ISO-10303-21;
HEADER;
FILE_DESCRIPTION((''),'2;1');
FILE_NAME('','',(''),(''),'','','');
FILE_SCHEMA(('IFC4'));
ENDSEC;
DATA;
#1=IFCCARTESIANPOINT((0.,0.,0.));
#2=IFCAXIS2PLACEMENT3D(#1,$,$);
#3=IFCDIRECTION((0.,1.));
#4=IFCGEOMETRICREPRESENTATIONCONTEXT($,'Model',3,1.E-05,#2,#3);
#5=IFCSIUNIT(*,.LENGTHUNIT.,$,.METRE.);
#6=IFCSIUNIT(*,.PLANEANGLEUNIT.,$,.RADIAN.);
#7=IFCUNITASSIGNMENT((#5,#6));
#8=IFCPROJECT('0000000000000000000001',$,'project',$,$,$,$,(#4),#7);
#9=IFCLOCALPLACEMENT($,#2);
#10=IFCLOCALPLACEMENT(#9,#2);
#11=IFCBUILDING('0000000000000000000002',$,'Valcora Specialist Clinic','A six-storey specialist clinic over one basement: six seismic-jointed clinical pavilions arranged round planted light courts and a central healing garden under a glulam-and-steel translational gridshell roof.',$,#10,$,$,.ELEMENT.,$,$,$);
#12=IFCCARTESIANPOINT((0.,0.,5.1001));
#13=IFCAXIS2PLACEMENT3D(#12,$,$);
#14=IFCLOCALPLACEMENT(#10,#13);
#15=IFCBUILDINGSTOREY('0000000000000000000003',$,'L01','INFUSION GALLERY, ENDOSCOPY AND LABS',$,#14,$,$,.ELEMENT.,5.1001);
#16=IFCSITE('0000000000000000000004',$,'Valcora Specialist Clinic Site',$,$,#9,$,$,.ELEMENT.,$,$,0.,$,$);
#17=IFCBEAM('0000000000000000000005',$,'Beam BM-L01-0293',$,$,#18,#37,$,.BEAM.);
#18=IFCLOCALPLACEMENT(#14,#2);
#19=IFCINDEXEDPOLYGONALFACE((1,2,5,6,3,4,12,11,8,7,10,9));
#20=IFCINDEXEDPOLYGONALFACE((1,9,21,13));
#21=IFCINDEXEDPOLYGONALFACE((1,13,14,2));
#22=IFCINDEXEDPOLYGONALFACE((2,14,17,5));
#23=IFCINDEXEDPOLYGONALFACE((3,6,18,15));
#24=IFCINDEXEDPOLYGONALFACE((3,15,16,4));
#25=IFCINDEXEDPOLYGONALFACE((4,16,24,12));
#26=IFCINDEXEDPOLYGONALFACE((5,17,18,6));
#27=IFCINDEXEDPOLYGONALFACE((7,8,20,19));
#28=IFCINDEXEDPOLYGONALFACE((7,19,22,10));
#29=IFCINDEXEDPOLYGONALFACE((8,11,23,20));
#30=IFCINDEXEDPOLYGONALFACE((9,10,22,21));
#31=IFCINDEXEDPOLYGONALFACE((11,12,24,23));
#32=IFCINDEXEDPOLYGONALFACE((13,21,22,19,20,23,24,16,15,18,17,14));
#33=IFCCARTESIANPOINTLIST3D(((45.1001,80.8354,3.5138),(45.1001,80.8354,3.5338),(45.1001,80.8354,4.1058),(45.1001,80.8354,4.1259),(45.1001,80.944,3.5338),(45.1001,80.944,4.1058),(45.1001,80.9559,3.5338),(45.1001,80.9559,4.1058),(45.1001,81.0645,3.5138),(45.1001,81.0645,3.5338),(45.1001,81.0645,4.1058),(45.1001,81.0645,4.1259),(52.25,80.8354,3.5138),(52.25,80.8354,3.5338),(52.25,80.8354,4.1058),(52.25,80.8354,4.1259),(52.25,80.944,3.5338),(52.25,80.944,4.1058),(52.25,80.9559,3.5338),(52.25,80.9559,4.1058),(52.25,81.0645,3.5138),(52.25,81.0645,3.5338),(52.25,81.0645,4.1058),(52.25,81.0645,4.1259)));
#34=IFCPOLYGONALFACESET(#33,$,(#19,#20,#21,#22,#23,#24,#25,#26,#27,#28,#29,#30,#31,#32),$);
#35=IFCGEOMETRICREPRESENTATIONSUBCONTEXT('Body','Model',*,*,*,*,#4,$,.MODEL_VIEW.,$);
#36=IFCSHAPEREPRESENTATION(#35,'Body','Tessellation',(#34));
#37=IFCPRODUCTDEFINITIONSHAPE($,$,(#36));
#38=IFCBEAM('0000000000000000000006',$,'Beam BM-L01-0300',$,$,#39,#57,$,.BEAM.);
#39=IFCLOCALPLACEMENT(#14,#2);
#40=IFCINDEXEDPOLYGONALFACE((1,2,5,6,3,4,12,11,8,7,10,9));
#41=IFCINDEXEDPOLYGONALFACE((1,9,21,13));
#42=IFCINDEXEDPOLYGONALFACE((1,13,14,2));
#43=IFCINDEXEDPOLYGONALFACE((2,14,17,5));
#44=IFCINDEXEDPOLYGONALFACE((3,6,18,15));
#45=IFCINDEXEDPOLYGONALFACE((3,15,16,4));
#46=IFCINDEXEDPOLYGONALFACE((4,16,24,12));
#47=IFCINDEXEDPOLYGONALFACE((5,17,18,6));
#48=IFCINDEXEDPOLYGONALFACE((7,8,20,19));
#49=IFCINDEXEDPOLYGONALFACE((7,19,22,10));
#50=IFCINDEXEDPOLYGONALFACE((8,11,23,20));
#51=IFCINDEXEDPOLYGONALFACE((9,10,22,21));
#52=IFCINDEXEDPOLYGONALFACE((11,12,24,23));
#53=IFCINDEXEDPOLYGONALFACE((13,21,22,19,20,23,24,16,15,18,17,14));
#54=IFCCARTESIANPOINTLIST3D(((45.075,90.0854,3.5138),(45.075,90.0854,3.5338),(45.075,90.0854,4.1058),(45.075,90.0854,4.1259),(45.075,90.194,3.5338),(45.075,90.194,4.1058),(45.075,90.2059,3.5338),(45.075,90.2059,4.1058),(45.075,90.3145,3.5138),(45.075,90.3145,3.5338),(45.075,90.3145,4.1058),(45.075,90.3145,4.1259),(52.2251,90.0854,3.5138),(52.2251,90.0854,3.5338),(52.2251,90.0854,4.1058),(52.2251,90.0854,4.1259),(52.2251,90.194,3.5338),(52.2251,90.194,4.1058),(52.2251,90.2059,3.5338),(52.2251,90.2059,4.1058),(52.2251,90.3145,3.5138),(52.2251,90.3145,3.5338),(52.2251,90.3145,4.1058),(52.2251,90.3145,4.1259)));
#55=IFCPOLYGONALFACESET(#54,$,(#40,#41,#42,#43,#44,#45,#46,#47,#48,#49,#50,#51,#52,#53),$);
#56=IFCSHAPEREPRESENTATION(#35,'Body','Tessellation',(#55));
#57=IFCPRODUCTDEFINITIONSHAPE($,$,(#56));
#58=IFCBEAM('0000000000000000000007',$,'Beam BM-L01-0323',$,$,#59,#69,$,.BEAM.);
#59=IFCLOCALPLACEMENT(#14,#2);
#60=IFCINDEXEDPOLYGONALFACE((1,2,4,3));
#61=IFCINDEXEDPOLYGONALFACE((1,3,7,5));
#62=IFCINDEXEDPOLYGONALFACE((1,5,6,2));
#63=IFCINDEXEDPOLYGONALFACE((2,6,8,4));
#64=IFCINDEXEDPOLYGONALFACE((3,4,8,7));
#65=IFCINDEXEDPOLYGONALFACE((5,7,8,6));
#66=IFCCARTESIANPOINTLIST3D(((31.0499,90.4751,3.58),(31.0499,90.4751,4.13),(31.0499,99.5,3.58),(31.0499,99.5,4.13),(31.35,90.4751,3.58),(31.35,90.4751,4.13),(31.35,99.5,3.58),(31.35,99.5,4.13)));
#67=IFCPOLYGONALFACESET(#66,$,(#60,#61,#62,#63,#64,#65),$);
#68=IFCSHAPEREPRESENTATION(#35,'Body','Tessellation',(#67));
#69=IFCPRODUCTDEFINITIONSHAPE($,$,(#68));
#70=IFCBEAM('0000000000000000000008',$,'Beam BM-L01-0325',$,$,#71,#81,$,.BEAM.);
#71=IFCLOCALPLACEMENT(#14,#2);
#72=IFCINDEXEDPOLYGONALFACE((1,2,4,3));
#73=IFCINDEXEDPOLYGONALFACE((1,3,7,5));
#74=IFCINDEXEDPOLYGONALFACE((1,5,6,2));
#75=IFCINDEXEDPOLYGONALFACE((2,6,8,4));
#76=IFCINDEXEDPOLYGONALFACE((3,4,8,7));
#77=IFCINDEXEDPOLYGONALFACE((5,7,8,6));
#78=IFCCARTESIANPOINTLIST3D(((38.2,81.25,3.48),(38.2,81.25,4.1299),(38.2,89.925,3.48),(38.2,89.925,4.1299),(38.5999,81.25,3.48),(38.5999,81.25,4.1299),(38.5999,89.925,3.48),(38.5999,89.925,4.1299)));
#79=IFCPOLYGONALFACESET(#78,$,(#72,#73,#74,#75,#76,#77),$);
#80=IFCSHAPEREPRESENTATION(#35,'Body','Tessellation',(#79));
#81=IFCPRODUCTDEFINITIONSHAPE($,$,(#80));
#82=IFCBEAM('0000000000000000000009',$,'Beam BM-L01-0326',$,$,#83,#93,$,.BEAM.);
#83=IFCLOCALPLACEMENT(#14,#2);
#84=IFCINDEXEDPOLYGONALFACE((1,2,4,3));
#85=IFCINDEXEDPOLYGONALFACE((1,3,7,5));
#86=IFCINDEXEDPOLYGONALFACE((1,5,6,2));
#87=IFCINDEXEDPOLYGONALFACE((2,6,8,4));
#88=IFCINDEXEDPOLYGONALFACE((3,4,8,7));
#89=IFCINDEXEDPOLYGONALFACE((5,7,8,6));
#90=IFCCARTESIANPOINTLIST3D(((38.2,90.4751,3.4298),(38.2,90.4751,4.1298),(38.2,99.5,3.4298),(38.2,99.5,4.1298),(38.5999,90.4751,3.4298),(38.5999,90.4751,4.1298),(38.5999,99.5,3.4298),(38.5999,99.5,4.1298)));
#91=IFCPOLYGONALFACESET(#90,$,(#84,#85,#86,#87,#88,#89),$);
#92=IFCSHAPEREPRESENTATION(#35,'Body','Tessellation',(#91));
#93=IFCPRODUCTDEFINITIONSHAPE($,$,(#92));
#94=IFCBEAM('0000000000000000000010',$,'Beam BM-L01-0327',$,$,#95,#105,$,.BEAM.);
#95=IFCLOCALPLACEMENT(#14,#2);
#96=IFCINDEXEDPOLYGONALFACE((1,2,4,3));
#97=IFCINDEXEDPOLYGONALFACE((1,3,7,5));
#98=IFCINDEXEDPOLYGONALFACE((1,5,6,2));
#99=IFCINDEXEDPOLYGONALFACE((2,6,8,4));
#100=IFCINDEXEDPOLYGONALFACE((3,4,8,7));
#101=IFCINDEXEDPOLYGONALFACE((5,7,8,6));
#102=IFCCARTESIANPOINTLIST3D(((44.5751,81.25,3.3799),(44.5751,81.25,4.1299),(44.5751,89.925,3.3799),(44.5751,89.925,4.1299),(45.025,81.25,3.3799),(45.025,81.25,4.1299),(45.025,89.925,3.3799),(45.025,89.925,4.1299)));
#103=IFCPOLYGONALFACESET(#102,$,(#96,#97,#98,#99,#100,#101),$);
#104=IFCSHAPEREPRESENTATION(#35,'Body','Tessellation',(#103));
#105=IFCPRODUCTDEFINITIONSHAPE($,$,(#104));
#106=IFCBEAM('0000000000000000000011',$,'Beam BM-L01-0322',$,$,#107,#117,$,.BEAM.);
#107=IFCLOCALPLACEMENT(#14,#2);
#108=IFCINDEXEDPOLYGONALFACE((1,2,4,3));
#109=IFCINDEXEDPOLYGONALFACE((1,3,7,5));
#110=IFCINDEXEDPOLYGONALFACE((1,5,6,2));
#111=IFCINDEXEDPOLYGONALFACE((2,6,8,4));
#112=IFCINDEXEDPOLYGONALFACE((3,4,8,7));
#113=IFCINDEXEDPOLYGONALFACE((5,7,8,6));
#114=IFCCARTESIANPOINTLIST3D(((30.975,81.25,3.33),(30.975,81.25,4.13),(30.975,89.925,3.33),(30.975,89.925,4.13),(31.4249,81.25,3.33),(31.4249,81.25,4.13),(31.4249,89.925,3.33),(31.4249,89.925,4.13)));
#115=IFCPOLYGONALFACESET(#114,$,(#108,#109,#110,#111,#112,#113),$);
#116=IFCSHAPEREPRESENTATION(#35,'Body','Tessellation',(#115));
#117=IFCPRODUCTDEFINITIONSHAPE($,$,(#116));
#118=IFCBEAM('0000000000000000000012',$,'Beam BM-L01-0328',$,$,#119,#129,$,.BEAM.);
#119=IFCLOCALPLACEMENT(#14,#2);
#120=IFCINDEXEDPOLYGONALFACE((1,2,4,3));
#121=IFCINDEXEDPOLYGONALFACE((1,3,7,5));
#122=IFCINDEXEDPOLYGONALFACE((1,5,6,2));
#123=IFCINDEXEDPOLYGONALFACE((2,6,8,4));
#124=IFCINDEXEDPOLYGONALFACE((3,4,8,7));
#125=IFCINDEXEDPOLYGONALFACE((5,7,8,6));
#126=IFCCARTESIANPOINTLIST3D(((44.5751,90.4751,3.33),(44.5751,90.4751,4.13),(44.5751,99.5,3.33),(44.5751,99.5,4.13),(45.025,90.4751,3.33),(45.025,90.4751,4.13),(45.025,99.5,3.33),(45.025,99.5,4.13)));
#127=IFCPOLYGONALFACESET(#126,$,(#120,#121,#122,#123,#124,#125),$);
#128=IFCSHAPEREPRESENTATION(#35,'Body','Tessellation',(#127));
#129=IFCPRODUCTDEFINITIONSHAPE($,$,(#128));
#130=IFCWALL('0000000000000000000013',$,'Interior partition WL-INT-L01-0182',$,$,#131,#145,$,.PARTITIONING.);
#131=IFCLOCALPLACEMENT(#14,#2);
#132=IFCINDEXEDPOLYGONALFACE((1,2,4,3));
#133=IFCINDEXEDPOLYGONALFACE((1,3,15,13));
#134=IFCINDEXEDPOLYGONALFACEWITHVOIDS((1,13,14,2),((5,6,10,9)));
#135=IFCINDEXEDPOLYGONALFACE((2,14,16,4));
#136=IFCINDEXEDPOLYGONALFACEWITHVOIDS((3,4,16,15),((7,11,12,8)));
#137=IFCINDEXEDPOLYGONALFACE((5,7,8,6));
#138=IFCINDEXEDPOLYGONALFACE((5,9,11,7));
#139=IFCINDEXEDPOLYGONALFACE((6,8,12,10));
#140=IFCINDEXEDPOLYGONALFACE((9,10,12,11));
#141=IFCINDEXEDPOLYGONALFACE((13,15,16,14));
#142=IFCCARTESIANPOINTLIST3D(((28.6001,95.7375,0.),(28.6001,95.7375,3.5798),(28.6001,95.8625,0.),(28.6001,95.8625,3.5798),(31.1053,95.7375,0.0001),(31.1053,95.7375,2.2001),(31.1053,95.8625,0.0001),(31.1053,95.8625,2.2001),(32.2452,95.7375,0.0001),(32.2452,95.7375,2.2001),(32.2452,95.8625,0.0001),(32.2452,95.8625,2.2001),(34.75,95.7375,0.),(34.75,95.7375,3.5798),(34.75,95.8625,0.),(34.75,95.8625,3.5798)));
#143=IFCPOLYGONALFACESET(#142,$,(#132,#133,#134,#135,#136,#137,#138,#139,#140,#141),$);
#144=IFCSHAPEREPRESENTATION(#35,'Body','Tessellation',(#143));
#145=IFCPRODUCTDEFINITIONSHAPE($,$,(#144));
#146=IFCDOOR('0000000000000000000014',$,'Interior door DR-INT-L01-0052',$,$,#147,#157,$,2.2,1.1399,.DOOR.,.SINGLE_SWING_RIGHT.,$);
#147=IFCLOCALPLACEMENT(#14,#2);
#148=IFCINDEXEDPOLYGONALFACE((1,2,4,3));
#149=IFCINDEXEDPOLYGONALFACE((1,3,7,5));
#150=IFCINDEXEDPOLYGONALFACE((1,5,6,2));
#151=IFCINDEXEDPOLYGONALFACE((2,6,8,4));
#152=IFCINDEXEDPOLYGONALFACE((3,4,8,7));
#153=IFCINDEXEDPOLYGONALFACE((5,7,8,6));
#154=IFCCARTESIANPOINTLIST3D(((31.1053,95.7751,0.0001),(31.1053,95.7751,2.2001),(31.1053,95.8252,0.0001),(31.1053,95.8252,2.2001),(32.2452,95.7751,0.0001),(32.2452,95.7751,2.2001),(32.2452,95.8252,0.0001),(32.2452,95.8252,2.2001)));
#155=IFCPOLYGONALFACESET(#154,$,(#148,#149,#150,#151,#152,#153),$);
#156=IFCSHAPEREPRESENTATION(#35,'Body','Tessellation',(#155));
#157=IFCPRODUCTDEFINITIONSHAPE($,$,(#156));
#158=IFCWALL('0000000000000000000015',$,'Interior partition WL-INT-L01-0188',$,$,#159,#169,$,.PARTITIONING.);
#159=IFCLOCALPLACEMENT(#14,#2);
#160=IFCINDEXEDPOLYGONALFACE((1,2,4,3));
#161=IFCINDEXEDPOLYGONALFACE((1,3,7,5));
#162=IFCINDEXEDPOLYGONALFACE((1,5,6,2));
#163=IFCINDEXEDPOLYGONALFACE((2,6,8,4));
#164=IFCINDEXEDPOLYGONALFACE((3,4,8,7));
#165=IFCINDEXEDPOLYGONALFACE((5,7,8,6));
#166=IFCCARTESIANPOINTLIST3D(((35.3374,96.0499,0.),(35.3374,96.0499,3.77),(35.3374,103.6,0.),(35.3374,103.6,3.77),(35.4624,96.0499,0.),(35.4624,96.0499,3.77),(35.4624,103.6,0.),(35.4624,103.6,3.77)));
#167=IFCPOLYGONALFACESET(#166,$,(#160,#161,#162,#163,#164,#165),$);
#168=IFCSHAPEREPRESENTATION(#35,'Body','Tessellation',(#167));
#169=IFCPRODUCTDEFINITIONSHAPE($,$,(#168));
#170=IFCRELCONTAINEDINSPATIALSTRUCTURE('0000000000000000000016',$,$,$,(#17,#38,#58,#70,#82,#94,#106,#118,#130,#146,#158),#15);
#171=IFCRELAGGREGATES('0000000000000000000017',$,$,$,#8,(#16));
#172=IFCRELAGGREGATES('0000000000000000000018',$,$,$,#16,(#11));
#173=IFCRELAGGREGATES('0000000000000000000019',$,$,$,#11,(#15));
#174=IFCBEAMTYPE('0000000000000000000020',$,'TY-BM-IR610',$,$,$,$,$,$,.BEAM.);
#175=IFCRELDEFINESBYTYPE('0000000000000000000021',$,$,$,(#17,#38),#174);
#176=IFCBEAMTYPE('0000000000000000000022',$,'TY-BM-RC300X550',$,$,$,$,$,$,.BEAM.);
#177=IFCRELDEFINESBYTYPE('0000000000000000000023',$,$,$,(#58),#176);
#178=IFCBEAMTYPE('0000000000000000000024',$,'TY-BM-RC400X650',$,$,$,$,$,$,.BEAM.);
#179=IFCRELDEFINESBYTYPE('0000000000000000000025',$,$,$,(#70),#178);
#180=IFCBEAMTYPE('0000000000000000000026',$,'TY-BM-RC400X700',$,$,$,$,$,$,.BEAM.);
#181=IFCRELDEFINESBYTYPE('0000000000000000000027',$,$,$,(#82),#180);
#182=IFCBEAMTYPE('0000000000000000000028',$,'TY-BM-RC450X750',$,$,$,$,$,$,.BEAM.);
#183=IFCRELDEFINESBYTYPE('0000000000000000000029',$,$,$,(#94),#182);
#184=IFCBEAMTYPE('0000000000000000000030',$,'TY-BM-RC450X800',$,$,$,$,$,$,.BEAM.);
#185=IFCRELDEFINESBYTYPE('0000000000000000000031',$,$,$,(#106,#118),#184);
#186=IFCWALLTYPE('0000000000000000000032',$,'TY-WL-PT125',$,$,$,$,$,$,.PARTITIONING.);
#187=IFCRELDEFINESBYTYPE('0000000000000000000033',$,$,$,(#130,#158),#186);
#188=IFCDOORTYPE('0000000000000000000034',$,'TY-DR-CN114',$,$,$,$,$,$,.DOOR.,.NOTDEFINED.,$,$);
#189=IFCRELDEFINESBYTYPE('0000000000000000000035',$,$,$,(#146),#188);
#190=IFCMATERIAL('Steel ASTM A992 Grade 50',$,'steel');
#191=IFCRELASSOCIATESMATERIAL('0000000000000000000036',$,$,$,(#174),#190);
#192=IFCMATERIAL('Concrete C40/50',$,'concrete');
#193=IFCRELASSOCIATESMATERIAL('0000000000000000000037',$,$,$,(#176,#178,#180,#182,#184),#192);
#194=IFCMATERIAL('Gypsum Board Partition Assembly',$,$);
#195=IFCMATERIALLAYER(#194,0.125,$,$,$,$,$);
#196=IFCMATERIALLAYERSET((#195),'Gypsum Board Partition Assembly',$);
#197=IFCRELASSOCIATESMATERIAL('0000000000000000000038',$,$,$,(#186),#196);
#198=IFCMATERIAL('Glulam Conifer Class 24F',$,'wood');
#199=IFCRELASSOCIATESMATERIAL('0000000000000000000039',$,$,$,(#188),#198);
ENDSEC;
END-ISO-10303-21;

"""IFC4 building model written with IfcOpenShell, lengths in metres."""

from ifc_helpers import new_model, si_unit, direction, frame, frame_2d, origin, origin_2d, place, context, subcontext, project, spatial, rectangle, i_section, extrude, material, layer, layer_set, material_profile, profile_set, type_object, element, fill, save


model = new_model("IFC4")

# Units and contexts
model_context = context("Model", 3, precision=1e-05, world=origin(), true_north=direction((0.0, 1.0)))
body_context = subcontext(model_context, "Body", "Model", "MODEL_VIEW")
ifc_project = project(units=[si_unit("LENGTHUNIT", "METRE"), si_unit("PLANEANGLEUNIT", "RADIAN")], contexts=[model_context])

# Site, building, storey
site_placement = place(None, origin())
site = spatial("IfcSite", under=ifc_project, at=site_placement, Name="Valcora Specialist Clinic Site", CompositionType="ELEMENT", RefElevation=0.0)
building_placement = place(site_placement, origin())
building = spatial("IfcBuilding", under=site, at=building_placement, Name="Valcora Specialist Clinic", Description="A six-storey specialist clinic over one basement: six seismic-jointed clinical pavilions arranged round planted light courts and a central healing garden under a glulam-and-steel translational gridshell roof.", CompositionType="ELEMENT")
storey_placement = place(building_placement, frame((0.0, 0.0, 5.1001)))
storey = spatial("IfcBuildingStorey", under=building, at=storey_placement, Name="L01", Description="INFUSION GALLERY, ENDOSCOPY AND LABS", CompositionType="ELEMENT", Elevation=5.1001)

# Shared definitions
ifc_material_1 = material(Name="Concrete C40/50", Category="concrete")

# Beams
ifc_material_2 = material(Name="Steel ASTM A992 Grade 50", Category="steel")
ifc_material_profile_1 = material_profile(ifc_material_2, i_section(OverallWidth=0.229, OverallDepth=0.6121, WebThickness=0.012, FlangeThickness=0.02, at=origin_2d()), Name="ST-IR-610X229")
ifc_profile_set_1 = profile_set([ifc_material_profile_1], Name="Steel ASTM A992 Grade 50")
beam_type_1 = type_object("IfcBeamType", Name="TY-BM-IR610", PredefinedType="BEAM", material=ifc_profile_set_1)
beam_1_placement = place(storey_placement, frame((45.1001, 80.95, 3.8198), z_axis=(1.0, 0.0, 0.0), x_axis=(0.0, 1.0, 0.0)))
element("IfcBeam", 1, at=beam_1_placement, inside=storey, type_object=beam_type_1, Name="Beam BM-L01-0293", PredefinedType="BEAM", context=body_context, shape_type="SweptSolid", body=[
    extrude(i_section(OverallWidth=0.229, OverallDepth=0.6121, WebThickness=0.012, FlangeThickness=0.02, at=origin_2d()), origin(), (0.0, 0.0, 1.0), 7.1499),
])
beam_2_placement = place(storey_placement, frame((45.075, 90.2, 3.8198), z_axis=(1.0, 0.0, 0.0), x_axis=(0.0, 1.0, 0.0)))
element("IfcBeam", 2, at=beam_2_placement, inside=storey, type_object=beam_type_1, Name="Beam BM-L01-0300", PredefinedType="BEAM", context=body_context, shape_type="SweptSolid", body=[
    extrude(i_section(OverallWidth=0.229, OverallDepth=0.6121, WebThickness=0.012, FlangeThickness=0.02, at=origin_2d()), origin(), (0.0, 0.0, 1.0), 7.1501),
])
ifc_material_profile_2 = material_profile(ifc_material_1, rectangle(XDim=0.3, YDim=0.55, at=origin_2d()), Name="RC-BM-300X550")
ifc_profile_set_2 = profile_set([ifc_material_profile_2], Name="Concrete C40/50")
beam_type_2 = type_object("IfcBeamType", Name="TY-BM-RC300X550", PredefinedType="BEAM", material=ifc_profile_set_2)
beam_3_placement = place(storey_placement, frame((31.2, 90.4751, 3.855), z_axis=(0.0, 1.0, 0.0), x_axis=(-1.0, 0.0, 0.0)))
element("IfcBeam", 3, at=beam_3_placement, inside=storey, type_object=beam_type_2, Name="Beam BM-L01-0323", PredefinedType="BEAM", context=body_context, shape_type="SweptSolid", body=[
    extrude(rectangle(XDim=0.3, YDim=0.55, at=origin_2d()), origin(), (0.0, 0.0, 1.0), 9.0249),
])
ifc_material_profile_3 = material_profile(ifc_material_1, rectangle(XDim=0.3999, YDim=0.6499, at=origin_2d()), Name="RC-BM-400X650")
ifc_profile_set_3 = profile_set([ifc_material_profile_3], Name="Concrete C40/50")
beam_type_3 = type_object("IfcBeamType", Name="TY-BM-RC400X650", PredefinedType="BEAM", material=ifc_profile_set_3)
beam_4_placement = place(storey_placement, frame((38.3999, 81.25, 3.8049), z_axis=(0.0, 1.0, 0.0), x_axis=(-1.0, 0.0, 0.0)))
element("IfcBeam", 4, at=beam_4_placement, inside=storey, type_object=beam_type_3, Name="Beam BM-L01-0325", PredefinedType="BEAM", context=body_context, shape_type="SweptSolid", body=[
    extrude(rectangle(XDim=0.3999, YDim=0.6499, at=origin_2d()), origin(), (0.0, 0.0, 1.0), 8.675),
])
ifc_material_profile_4 = material_profile(ifc_material_1, rectangle(XDim=0.3999, YDim=0.7, at=origin_2d()), Name="RC-BM-400X700")
ifc_profile_set_4 = profile_set([ifc_material_profile_4], Name="Concrete C40/50")
beam_type_4 = type_object("IfcBeamType", Name="TY-BM-RC400X700", PredefinedType="BEAM", material=ifc_profile_set_4)
beam_5_placement = place(storey_placement, frame((38.3999, 90.4751, 3.7798), z_axis=(0.0, 1.0, 0.0), x_axis=(-1.0, 0.0, 0.0)))
element("IfcBeam", 5, at=beam_5_placement, inside=storey, type_object=beam_type_4, Name="Beam BM-L01-0326", PredefinedType="BEAM", context=body_context, shape_type="SweptSolid", body=[
    extrude(rectangle(XDim=0.3999, YDim=0.7, at=origin_2d()), origin(), (0.0, 0.0, 1.0), 9.0249),
])
ifc_material_profile_5 = material_profile(ifc_material_1, rectangle(XDim=0.45, YDim=0.75, at=origin_2d()), Name="RC-BM-450X750")
ifc_profile_set_5 = profile_set([ifc_material_profile_5], Name="Concrete C40/50")
beam_type_5 = type_object("IfcBeamType", Name="TY-BM-RC450X750", PredefinedType="BEAM", material=ifc_profile_set_5)
beam_6_placement = place(storey_placement, frame((44.8, 81.25, 3.7549), z_axis=(0.0, 1.0, 0.0), x_axis=(-1.0, 0.0, 0.0)))
element("IfcBeam", 6, at=beam_6_placement, inside=storey, type_object=beam_type_5, Name="Beam BM-L01-0327", PredefinedType="BEAM", context=body_context, shape_type="SweptSolid", body=[
    extrude(rectangle(XDim=0.45, YDim=0.75, at=origin_2d()), origin(), (0.0, 0.0, 1.0), 8.675),
])
ifc_material_profile_6 = material_profile(ifc_material_1, rectangle(XDim=0.45, YDim=0.8, at=origin_2d()), Name="RC-BM-450X800")
ifc_profile_set_6 = profile_set([ifc_material_profile_6], Name="Concrete C40/50")
beam_type_6 = type_object("IfcBeamType", Name="TY-BM-RC450X800", PredefinedType="BEAM", material=ifc_profile_set_6)
beam_7_placement = place(storey_placement, frame((31.2, 81.25, 3.73), z_axis=(0.0, 1.0, 0.0), x_axis=(-1.0, 0.0, 0.0)))
element("IfcBeam", 7, at=beam_7_placement, inside=storey, type_object=beam_type_6, Name="Beam BM-L01-0322", PredefinedType="BEAM", context=body_context, shape_type="SweptSolid", body=[
    extrude(rectangle(XDim=0.45, YDim=0.8, at=origin_2d()), origin(), (0.0, 0.0, 1.0), 8.675),
])
beam_8_placement = place(storey_placement, frame((44.8, 90.4751, 3.73), z_axis=(0.0, 1.0, 0.0), x_axis=(-1.0, 0.0, 0.0)))
element("IfcBeam", 8, at=beam_8_placement, inside=storey, type_object=beam_type_6, Name="Beam BM-L01-0328", PredefinedType="BEAM", context=body_context, shape_type="SweptSolid", body=[
    extrude(rectangle(XDim=0.45, YDim=0.8, at=origin_2d()), origin(), (0.0, 0.0, 1.0), 9.0249),
])

# Wall, opening, door
ifc_material_3 = material(Name="Gypsum Board Partition Assembly")
ifc_layer_1 = layer(ifc_material_3, 0.125)
ifc_layer_set_1 = layer_set([ifc_layer_1], Name="Gypsum Board Partition Assembly")
wall_type_1 = type_object("IfcWallType", Name="TY-WL-PT125", PredefinedType="PARTITIONING", material=ifc_layer_set_1)
wall_1_placement = place(storey_placement, frame((34.75, 95.8, 0.0), z_axis=(0.0, 0.0, 1.0), x_axis=(-1.0, 0.0, 0.0)))
wall_1 = element("IfcWall", 9, at=wall_1_placement, inside=storey, type_object=wall_type_1, Name="Interior partition WL-INT-L01-0182", PredefinedType="PARTITIONING", context=body_context, shape_type="SweptSolid", body=[
    extrude(rectangle(XDim=6.1499, YDim=0.125, at=frame_2d((3.075, 0.0))), origin(), (0.0, 0.0, 1.0), 3.5798),
])
opening_1_placement = place(wall_1_placement, frame((2.5049, 0.0, 0.0)))
opening_1 = element("IfcOpeningElement", 10, at=opening_1_placement, cuts=wall_1, PredefinedType="OPENING", context=body_context, shape_type="SweptSolid", body=[
    extrude(rectangle(XDim=1.1399, YDim=2.2, at=frame_2d((0.5698, 1.1001))), frame((0.0, 0.0725, 0.0), z_axis=(0.0, -1.0, 0.0), x_axis=(1.0, 0.0, 0.0)), (0.0, 0.0, 1.0), 0.145),
])
ifc_material_4 = material(Name="Glulam Conifer Class 24F", Category="wood")
door_type_1 = type_object("IfcDoorType", Name="TY-DR-CN114", OperationType="NOTDEFINED", PredefinedType="DOOR", material=ifc_material_4)
door_1_placement = place(opening_1_placement, origin())
door_1 = element("IfcDoor", 11, at=door_1_placement, inside=storey, type_object=door_type_1, Name="Interior door DR-INT-L01-0052", OperationType="SINGLE_SWING_RIGHT", OverallHeight=2.2, OverallWidth=1.1399, PredefinedType="DOOR", context=body_context, shape_type="SweptSolid", body=[
    extrude(rectangle(XDim=1.1399, YDim=2.2, at=frame_2d((0.5698, 1.1001))), frame((0.0, 0.0249, 0.0), z_axis=(0.0, -1.0, 0.0), x_axis=(1.0, 0.0, 0.0)), (0.0, 0.0, 1.0), 0.05),
])
fill(opening_1, door_1)

# Wall
wall_2_placement = place(storey_placement, frame((35.3999, 96.05, 0.0), z_axis=(0.0, 0.0, 1.0), x_axis=(0.0, 1.0, 0.0)))
element("IfcWall", 12, at=wall_2_placement, inside=storey, type_object=wall_type_1, Name="Interior partition WL-INT-L01-0188", PredefinedType="PARTITIONING", context=body_context, shape_type="SweptSolid", body=[
    extrude(rectangle(XDim=7.55, YDim=0.125, at=frame_2d((3.7749, 0.0))), origin(), (0.0, 0.0, 1.0), 3.77),
])

save(model, "model.ifc")
